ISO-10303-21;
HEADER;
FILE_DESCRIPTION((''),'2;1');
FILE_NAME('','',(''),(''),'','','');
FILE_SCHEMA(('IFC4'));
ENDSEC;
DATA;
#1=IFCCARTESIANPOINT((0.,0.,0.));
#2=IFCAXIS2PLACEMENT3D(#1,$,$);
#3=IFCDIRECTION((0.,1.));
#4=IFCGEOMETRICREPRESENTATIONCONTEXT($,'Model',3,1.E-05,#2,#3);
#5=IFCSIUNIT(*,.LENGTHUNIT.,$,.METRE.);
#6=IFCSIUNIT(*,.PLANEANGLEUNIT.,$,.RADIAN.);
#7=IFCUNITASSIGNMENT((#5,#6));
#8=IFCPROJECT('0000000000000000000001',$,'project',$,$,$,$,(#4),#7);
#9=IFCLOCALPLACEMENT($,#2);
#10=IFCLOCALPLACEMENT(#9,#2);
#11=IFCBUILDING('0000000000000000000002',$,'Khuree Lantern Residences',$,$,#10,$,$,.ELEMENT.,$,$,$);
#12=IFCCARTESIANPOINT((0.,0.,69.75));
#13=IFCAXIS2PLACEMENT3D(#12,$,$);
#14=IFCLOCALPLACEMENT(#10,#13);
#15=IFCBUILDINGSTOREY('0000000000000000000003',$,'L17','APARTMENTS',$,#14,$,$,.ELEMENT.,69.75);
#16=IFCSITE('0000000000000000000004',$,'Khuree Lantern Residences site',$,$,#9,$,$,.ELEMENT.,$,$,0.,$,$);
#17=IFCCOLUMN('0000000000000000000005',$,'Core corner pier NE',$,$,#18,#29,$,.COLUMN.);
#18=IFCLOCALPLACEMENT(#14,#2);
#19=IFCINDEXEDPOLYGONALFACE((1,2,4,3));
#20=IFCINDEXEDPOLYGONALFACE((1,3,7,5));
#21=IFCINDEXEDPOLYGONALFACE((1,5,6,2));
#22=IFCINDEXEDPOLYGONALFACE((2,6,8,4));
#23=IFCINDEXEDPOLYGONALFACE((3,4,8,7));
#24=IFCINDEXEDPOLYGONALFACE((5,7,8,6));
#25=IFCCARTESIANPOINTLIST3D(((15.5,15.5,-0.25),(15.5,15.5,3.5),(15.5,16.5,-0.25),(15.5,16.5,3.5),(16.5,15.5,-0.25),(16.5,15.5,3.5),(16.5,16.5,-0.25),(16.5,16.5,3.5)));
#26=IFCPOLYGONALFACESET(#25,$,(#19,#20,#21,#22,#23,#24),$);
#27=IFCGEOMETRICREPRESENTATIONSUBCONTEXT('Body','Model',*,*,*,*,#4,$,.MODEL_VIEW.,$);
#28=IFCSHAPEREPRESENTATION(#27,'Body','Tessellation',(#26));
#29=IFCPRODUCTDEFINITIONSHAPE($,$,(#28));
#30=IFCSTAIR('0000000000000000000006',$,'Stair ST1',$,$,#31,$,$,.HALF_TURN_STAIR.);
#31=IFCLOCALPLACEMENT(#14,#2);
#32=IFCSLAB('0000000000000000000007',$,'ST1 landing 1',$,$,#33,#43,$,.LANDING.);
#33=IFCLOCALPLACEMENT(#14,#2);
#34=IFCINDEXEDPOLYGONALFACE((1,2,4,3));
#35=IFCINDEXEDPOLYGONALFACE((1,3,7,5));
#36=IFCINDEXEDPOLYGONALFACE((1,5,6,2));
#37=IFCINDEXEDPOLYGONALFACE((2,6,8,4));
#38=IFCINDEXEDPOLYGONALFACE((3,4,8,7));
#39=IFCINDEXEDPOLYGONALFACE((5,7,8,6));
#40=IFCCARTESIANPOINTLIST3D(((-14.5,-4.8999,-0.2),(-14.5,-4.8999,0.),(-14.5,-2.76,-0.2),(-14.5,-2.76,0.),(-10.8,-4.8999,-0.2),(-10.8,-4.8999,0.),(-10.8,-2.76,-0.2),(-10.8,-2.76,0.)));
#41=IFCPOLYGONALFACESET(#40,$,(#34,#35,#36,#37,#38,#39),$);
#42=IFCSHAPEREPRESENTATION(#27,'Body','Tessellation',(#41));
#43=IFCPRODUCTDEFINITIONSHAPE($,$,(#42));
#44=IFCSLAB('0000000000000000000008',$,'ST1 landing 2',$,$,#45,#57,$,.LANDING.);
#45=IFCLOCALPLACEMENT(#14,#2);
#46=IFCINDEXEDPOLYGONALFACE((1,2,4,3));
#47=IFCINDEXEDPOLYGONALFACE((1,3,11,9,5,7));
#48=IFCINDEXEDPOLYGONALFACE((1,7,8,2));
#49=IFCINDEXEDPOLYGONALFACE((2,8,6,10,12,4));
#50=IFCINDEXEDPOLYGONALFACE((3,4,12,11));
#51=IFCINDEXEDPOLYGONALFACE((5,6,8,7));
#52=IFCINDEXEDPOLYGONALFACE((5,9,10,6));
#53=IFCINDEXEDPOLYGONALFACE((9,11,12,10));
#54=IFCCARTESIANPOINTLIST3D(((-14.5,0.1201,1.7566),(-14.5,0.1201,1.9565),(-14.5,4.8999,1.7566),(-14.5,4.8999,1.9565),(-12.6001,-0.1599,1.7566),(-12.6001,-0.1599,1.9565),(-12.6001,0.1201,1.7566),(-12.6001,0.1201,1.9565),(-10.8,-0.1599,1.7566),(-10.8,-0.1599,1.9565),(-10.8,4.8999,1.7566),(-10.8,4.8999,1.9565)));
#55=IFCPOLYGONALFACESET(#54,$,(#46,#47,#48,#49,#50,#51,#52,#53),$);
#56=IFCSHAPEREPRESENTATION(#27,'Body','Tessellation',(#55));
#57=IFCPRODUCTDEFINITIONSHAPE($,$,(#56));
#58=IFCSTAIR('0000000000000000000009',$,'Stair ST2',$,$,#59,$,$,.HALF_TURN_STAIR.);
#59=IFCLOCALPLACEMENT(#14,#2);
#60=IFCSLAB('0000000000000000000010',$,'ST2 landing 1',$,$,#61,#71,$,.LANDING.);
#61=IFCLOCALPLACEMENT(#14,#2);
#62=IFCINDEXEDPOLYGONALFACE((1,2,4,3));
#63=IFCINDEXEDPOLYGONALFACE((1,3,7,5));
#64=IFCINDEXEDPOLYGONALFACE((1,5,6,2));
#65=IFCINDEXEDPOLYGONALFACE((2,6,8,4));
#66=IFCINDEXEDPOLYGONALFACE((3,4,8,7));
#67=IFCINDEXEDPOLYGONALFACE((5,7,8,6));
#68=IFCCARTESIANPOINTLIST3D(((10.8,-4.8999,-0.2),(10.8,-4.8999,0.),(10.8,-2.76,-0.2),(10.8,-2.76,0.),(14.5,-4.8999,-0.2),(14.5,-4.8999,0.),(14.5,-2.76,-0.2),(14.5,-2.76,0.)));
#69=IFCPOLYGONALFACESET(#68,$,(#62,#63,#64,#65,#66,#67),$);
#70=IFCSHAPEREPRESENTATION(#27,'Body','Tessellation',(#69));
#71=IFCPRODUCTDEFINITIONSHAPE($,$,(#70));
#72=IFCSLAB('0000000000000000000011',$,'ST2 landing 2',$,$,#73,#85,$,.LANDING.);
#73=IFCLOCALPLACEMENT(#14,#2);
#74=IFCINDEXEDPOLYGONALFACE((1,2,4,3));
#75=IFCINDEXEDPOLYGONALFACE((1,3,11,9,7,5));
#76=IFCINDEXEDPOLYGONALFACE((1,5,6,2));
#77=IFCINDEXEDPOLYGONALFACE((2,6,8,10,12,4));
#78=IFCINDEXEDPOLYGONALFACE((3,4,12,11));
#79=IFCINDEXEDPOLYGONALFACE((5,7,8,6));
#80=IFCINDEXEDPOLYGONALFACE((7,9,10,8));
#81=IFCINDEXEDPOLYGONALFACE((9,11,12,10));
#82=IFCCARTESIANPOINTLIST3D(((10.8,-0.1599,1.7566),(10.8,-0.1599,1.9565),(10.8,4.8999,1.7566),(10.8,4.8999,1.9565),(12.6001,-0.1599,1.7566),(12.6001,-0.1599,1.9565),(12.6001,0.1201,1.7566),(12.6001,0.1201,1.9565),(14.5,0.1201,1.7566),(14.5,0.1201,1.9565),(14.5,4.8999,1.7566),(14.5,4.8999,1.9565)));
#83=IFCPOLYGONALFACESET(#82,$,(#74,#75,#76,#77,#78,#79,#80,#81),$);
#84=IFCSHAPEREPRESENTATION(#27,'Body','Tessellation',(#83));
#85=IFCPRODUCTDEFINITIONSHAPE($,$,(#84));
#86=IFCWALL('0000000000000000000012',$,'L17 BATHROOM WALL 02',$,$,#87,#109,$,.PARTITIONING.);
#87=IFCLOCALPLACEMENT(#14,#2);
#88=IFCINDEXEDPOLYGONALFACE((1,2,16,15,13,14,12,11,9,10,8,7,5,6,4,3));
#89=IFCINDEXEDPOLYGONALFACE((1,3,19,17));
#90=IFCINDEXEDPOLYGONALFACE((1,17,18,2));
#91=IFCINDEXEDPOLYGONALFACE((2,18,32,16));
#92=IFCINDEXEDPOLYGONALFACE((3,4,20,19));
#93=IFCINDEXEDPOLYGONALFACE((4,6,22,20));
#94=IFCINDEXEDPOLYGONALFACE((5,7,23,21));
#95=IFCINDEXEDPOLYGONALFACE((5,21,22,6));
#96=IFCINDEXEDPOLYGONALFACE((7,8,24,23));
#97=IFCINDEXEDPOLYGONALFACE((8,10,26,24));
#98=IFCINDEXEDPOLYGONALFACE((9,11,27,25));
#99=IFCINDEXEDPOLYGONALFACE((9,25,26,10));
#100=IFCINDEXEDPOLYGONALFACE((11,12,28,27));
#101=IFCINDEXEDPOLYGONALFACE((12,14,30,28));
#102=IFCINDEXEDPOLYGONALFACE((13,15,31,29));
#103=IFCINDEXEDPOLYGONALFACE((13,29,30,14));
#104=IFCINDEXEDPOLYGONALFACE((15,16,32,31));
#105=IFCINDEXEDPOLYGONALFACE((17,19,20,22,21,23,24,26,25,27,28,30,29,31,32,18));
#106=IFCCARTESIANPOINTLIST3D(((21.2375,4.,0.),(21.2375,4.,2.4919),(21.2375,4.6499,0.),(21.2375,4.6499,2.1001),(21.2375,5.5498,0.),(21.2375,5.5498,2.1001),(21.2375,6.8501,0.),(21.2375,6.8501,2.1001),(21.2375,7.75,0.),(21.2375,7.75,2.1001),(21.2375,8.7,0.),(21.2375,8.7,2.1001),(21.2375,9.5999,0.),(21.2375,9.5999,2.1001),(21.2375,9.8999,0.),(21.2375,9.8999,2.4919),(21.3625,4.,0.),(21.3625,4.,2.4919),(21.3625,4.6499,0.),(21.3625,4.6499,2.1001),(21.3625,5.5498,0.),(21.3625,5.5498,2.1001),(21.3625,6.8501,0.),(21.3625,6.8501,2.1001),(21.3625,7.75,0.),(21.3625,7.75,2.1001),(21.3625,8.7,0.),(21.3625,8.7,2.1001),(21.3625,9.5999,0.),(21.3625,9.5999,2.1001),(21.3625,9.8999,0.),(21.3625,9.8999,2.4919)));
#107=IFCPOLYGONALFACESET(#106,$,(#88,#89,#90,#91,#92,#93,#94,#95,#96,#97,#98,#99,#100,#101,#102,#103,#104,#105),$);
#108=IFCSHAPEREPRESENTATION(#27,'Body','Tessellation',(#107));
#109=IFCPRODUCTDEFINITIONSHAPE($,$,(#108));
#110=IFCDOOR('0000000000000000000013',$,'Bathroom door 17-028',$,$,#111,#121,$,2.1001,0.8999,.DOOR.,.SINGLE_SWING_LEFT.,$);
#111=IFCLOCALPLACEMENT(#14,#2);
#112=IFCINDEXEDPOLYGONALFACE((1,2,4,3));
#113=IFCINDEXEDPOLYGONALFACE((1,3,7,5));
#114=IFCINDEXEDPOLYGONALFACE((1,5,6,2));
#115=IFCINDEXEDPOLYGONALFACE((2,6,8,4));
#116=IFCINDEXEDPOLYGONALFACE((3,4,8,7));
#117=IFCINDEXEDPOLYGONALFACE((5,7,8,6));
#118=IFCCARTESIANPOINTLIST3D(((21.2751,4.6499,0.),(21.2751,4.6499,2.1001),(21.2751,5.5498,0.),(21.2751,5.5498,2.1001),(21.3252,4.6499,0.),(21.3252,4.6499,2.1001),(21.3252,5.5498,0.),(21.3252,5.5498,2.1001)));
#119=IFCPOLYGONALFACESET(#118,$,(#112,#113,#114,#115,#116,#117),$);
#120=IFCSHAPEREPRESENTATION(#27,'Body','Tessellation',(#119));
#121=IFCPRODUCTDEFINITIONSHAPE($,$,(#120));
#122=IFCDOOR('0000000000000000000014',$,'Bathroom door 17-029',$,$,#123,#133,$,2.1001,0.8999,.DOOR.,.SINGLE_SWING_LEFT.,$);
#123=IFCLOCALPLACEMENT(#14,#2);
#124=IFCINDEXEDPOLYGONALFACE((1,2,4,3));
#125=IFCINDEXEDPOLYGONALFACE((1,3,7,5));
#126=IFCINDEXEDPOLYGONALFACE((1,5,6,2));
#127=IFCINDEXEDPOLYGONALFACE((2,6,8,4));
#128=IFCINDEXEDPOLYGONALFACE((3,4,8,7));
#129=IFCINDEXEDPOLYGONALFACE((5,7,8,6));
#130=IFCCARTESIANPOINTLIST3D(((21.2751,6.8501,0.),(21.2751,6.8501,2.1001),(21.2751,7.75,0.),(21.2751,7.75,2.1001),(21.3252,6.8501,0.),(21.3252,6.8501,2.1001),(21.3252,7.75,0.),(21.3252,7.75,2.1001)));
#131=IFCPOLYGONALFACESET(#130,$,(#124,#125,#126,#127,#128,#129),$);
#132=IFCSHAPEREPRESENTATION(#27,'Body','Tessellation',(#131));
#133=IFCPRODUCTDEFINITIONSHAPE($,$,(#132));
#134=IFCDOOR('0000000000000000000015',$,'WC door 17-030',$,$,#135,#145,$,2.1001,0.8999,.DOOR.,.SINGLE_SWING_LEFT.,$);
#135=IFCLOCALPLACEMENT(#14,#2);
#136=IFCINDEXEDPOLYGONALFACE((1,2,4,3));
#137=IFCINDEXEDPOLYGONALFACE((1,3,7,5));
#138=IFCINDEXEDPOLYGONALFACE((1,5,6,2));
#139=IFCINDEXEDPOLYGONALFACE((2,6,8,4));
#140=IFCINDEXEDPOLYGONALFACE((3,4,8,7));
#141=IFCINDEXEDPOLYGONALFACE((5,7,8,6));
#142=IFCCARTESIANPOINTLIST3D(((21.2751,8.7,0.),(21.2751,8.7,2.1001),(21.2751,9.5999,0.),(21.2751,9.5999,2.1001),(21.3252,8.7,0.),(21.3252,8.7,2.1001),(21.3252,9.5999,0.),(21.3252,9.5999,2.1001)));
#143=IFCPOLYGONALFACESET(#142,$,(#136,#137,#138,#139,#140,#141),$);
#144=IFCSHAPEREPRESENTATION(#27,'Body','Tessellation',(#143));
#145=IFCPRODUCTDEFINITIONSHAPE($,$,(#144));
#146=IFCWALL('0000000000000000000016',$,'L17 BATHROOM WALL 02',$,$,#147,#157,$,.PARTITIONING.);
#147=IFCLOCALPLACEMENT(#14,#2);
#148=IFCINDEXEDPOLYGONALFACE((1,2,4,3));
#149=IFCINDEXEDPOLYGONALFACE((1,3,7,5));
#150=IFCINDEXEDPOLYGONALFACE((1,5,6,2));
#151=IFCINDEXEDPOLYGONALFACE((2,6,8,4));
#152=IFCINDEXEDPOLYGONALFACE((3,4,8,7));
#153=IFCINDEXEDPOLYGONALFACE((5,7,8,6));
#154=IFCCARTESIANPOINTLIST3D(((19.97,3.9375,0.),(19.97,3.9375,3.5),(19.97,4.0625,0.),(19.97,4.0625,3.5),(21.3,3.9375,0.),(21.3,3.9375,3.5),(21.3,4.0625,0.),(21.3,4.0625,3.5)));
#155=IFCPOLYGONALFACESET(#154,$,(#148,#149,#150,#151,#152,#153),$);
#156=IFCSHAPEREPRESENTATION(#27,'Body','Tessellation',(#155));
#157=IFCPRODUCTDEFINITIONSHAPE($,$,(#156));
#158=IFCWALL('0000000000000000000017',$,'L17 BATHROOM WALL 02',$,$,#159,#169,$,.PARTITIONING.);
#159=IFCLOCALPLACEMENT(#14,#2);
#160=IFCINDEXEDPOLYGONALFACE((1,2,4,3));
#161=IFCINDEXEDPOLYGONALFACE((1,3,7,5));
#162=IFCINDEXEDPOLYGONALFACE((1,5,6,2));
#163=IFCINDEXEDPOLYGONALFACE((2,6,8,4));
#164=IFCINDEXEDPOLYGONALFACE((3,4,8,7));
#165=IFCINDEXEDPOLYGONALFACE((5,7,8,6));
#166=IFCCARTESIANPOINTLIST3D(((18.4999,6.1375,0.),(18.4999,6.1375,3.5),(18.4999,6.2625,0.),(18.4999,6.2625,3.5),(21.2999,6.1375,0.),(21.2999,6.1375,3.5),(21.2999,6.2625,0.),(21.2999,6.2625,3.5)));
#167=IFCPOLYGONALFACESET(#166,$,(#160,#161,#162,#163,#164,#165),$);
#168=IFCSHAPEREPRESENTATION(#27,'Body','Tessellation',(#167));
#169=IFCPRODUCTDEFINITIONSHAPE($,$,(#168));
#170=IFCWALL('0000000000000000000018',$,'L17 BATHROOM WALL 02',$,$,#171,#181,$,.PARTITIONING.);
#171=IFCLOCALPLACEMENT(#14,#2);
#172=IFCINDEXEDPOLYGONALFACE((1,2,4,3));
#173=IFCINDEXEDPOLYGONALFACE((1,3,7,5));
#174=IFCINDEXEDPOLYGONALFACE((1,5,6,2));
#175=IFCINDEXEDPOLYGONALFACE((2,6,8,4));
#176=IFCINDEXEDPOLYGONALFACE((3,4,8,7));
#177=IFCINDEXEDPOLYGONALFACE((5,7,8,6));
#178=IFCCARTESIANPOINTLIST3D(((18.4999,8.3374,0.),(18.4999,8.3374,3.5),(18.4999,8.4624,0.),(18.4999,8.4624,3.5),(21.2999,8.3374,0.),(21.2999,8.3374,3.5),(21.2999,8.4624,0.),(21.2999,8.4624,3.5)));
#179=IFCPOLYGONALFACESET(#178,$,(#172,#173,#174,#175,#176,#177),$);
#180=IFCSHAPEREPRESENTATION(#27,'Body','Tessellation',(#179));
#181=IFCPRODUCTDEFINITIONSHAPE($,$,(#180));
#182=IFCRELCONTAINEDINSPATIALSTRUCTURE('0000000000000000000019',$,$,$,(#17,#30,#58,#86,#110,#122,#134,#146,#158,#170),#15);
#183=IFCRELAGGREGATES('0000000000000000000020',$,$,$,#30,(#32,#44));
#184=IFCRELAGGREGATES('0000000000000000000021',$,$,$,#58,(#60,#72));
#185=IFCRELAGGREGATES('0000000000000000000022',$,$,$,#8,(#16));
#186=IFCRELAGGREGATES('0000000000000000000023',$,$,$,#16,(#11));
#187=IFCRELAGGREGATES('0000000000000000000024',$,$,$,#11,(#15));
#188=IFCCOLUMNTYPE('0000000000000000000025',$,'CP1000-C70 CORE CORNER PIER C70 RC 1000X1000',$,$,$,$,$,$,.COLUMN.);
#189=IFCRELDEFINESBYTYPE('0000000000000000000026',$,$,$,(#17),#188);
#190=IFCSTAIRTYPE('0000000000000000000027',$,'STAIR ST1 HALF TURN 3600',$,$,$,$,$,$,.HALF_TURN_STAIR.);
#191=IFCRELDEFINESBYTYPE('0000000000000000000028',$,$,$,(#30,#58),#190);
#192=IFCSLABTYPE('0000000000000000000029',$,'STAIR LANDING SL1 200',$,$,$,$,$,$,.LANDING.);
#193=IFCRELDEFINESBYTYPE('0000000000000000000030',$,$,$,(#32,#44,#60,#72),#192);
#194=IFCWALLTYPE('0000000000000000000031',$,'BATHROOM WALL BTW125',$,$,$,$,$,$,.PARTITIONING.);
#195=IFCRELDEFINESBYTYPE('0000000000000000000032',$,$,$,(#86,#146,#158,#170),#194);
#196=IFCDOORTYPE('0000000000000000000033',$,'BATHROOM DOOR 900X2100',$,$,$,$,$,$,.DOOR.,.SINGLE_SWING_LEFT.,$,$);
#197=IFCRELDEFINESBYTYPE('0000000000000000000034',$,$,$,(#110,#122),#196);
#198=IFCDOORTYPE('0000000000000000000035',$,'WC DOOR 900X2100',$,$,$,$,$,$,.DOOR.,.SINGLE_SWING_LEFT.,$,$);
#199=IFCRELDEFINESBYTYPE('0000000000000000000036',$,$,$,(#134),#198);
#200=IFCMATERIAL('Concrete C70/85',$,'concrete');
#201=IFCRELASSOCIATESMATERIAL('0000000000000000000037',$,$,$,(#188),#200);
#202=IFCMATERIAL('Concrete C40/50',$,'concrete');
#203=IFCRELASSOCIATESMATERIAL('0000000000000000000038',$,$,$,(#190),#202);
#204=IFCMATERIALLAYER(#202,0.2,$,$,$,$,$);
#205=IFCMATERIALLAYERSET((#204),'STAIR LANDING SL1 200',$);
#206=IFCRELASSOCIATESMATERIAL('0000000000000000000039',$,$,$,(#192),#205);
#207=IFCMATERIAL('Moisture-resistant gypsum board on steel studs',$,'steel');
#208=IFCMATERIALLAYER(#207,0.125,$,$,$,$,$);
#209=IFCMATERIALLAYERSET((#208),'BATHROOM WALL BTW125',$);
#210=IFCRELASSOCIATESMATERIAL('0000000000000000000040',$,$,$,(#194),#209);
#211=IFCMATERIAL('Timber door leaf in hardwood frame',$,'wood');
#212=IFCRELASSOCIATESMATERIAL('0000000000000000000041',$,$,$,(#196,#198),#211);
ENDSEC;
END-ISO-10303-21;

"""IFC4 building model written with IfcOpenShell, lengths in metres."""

from ifc_helpers import new_model, si_unit, direction, frame, frame_2d, origin, origin_2d, place, context, subcontext, project, spatial, polyline, rectangle, outline, extrude, material, layer, layer_set, material_profile, profile_set, type_object, element, fill, aggregate, save


model = new_model("IFC4")

# Units and contexts
model_context = context("Model", 3, precision=1e-05, world=origin(), true_north=direction((0.0, 1.0)))
body_context = subcontext(model_context, "Body", "Model", "MODEL_VIEW")
ifc_project = project(units=[si_unit("LENGTHUNIT", "METRE"), si_unit("PLANEANGLEUNIT", "RADIAN")], contexts=[model_context])

# Site, building, storey
site_placement = place(None, origin())
site = spatial("IfcSite", under=ifc_project, at=site_placement, Name="Khuree Lantern Residences site", CompositionType="ELEMENT", RefElevation=0.0)
building_placement = place(site_placement, origin())
building = spatial("IfcBuilding", under=site, at=building_placement, Name="Khuree Lantern Residences", CompositionType="ELEMENT")
storey_placement = place(building_placement, frame((0.0, 0.0, 69.75)))
storey = spatial("IfcBuildingStorey", under=building, at=storey_placement, Name="L17", Description="APARTMENTS", CompositionType="ELEMENT", Elevation=69.75)

# Column
ifc_material_1 = material(Name="Concrete C70/85", Category="concrete")
ifc_material_profile = material_profile(ifc_material_1, rectangle(XDim=1.0, YDim=1.0, at=origin_2d()), Name="RC 1000X1000")
ifc_profile_set = profile_set([ifc_material_profile], Name="Concrete C70/85")
column_type = type_object("IfcColumnType", Name="CP1000-C70 CORE CORNER PIER C70 RC 1000X1000", PredefinedType="COLUMN", material=ifc_profile_set)
column_placement = place(storey_placement, frame((16.0, 16.0, -0.25), z_axis=(0.0, 0.0, 1.0), x_axis=(1.0, 0.0, 0.0)))
element("IfcColumn", 1, at=column_placement, inside=storey, type_object=column_type, Name="Core corner pier NE", PredefinedType="COLUMN", context=body_context, shape_type="SweptSolid", body=[
    extrude(rectangle(XDim=1.0, YDim=1.0, at=origin_2d()), origin(), (0.0, 0.0, 1.0), 3.75),
])

# Stairs, slabs
ifc_material_2 = material(Name="Concrete C40/50", Category="concrete")
stair_type = type_object("IfcStairType", Name="STAIR ST1 HALF TURN 3600", PredefinedType="HALF_TURN_STAIR", material=ifc_material_2)
stair_1_placement = place(storey_placement, origin())
stair_1 = element("IfcStair", 2, at=stair_1_placement, inside=storey, type_object=stair_type, Name="Stair ST1", PredefinedType="HALF_TURN_STAIR")
ifc_layer_1 = layer(ifc_material_2, 0.2)
ifc_layer_set_1 = layer_set([ifc_layer_1], Name="STAIR LANDING SL1 200")
slab_type = type_object("IfcSlabType", Name="STAIR LANDING SL1 200", PredefinedType="LANDING", material=ifc_layer_set_1)
slab_1_placement = place(storey_placement, frame((0.0, 0.0, -0.2)))
slab_1 = element("IfcSlab", 3, at=slab_1_placement, type_object=slab_type, Name="ST1 landing 1", PredefinedType="LANDING", context=body_context, shape_type="SweptSolid", body=[
    extrude(outline(polyline([(-14.5, -4.8999), (-10.8, -4.8999), (-10.8, -2.76), (-14.5, -2.76), (-14.5, -4.8999)])), origin(), (0.0, 0.0, 1.0), 0.2),
])
slab_2_placement = place(storey_placement, frame((0.0, 0.0, 1.7566)))
slab_2 = element("IfcSlab", 4, at=slab_2_placement, type_object=slab_type, Name="ST1 landing 2", PredefinedType="LANDING", context=body_context, shape_type="SweptSolid", body=[
    extrude(outline(polyline([(-14.5, 0.1201), (-14.5, 4.8999), (-10.8, 4.8999), (-10.8, -0.1599), (-12.6001, -0.1599), (-12.6001, 0.1201), (-14.5, 0.1201)])), origin(), (0.0, 0.0, 1.0), 0.2),
])
aggregate(stair_1, [slab_1, slab_2])
stair_2_placement = place(storey_placement, origin())
stair_2 = element("IfcStair", 5, at=stair_2_placement, inside=storey, type_object=stair_type, Name="Stair ST2", PredefinedType="HALF_TURN_STAIR")
slab_3_placement = place(storey_placement, frame((0.0, 0.0, -0.2)))
slab_3 = element("IfcSlab", 6, at=slab_3_placement, type_object=slab_type, Name="ST2 landing 1", PredefinedType="LANDING", context=body_context, shape_type="SweptSolid", body=[
    extrude(outline(polyline([(10.8, -4.8999), (14.5, -4.8999), (14.5, -2.76), (10.8, -2.76), (10.8, -4.8999)])), origin(), (0.0, 0.0, 1.0), 0.2),
])
slab_4_placement = place(storey_placement, frame((0.0, 0.0, 1.7566)))
slab_4 = element("IfcSlab", 7, at=slab_4_placement, type_object=slab_type, Name="ST2 landing 2", PredefinedType="LANDING", context=body_context, shape_type="SweptSolid", body=[
    extrude(outline(polyline([(14.5, 4.8999), (14.5, 0.1201), (12.6001, 0.1201), (12.6001, -0.1599), (10.8, -0.1599), (10.8, 4.8999), (14.5, 4.8999)])), origin(), (0.0, 0.0, 1.0), 0.2),
])

# Wall, openings, doors
ifc_material_3 = material(Name="Moisture-resistant gypsum board on steel studs", Category="steel")
ifc_layer_2 = layer(ifc_material_3, 0.125)
ifc_layer_set_2 = layer_set([ifc_layer_2], Name="BATHROOM WALL BTW125")
wall_type_1 = type_object("IfcWallType", Name="BATHROOM WALL BTW125", PredefinedType="PARTITIONING", material=ifc_layer_set_2)
wall_1_placement = place(storey_placement, frame((21.3, 4.0, 0.0), z_axis=(0.0, 0.0, 1.0), x_axis=(0.0, 1.0, 0.0)))
wall_1 = element("IfcWall", 8, at=wall_1_placement, inside=storey, type_object=wall_type_1, Name="L17 BATHROOM WALL 02", PredefinedType="PARTITIONING", context=body_context, shape_type="SweptSolid", body=[
    extrude(rectangle(XDim=5.8999, YDim=0.125, at=frame_2d((2.95, 0.0))), origin(), (0.0, 0.0, 1.0), 2.4919),
])
opening_1_placement = place(wall_1_placement, frame((0.6499, 0.0, 0.0)))
opening_1 = element("IfcOpeningElement", 9, at=opening_1_placement, cuts=wall_1, PredefinedType="OPENING", context=body_context, shape_type="SweptSolid", body=[
    extrude(rectangle(XDim=0.8999, YDim=2.1001, at=frame_2d((0.45, 1.05))), frame((0.0, 0.0725, 0.0), z_axis=(0.0, -1.0, 0.0), x_axis=(1.0, 0.0, 0.0)), (0.0, 0.0, 1.0), 0.145),
])
opening_2_placement = place(wall_1_placement, frame((2.8501, 0.0, 0.0)))
opening_2 = element("IfcOpeningElement", 10, at=opening_2_placement, cuts=wall_1, PredefinedType="OPENING", context=body_context, shape_type="SweptSolid", body=[
    extrude(rectangle(XDim=0.8999, YDim=2.1001, at=frame_2d((0.45, 1.05))), frame((0.0, 0.0725, 0.0), z_axis=(0.0, -1.0, 0.0), x_axis=(1.0, 0.0, 0.0)), (0.0, 0.0, 1.0), 0.145),
])
opening_3_placement = place(wall_1_placement, frame((4.7, 0.0, 0.0)))
opening_3 = element("IfcOpeningElement", 11, at=opening_3_placement, cuts=wall_1, PredefinedType="OPENING", context=body_context, shape_type="SweptSolid", body=[
    extrude(rectangle(XDim=0.8999, YDim=2.1001, at=frame_2d((0.45, 1.05))), frame((0.0, 0.0725, 0.0), z_axis=(0.0, -1.0, 0.0), x_axis=(1.0, 0.0, 0.0)), (0.0, 0.0, 1.0), 0.145),
])
ifc_material_4 = material(Name="Timber door leaf in hardwood frame", Category="wood")
door_type_1 = type_object("IfcDoorType", Name="BATHROOM DOOR 900X2100", OperationType="SINGLE_SWING_LEFT", PredefinedType="DOOR", material=ifc_material_4)
door_1_placement = place(opening_1_placement, origin())
door_1 = element("IfcDoor", 12, at=door_1_placement, inside=storey, type_object=door_type_1, Name="Bathroom door 17-028", OperationType="SINGLE_SWING_LEFT", OverallHeight=2.1001, OverallWidth=0.8999, PredefinedType="DOOR", context=body_context, shape_type="SweptSolid", body=[
    extrude(rectangle(XDim=0.8999, YDim=2.1001, at=frame_2d((0.45, 1.05))), frame((0.0, 0.0249, 0.0), z_axis=(0.0, -1.0, 0.0), x_axis=(1.0, 0.0, 0.0)), (0.0, 0.0, 1.0), 0.05),
])
fill(opening_1, door_1)
door_2_placement = place(opening_2_placement, origin())
door_2 = element("IfcDoor", 13, at=door_2_placement, inside=storey, type_object=door_type_1, Name="Bathroom door 17-029", OperationType="SINGLE_SWING_LEFT", OverallHeight=2.1001, OverallWidth=0.8999, PredefinedType="DOOR", context=body_context, shape_type="SweptSolid", body=[
    extrude(rectangle(XDim=0.8999, YDim=2.1001, at=frame_2d((0.45, 1.05))), frame((0.0, 0.0249, 0.0), z_axis=(0.0, -1.0, 0.0), x_axis=(1.0, 0.0, 0.0)), (0.0, 0.0, 1.0), 0.05),
])
fill(opening_2, door_2)
door_type_2 = type_object("IfcDoorType", Name="WC DOOR 900X2100", OperationType="SINGLE_SWING_LEFT", PredefinedType="DOOR", material=ifc_material_4)
door_3_placement = place(opening_3_placement, origin())
door_3 = element("IfcDoor", 14, at=door_3_placement, inside=storey, type_object=door_type_2, Name="WC door 17-030", OperationType="SINGLE_SWING_LEFT", OverallHeight=2.1001, OverallWidth=0.8999, PredefinedType="DOOR", context=body_context, shape_type="SweptSolid", body=[
    extrude(rectangle(XDim=0.8999, YDim=2.1001, at=frame_2d((0.45, 1.05))), frame((0.0, 0.0249, 0.0), z_axis=(0.0, -1.0, 0.0), x_axis=(1.0, 0.0, 0.0)), (0.0, 0.0, 1.0), 0.05),
])
fill(opening_3, door_3)

# Walls
wall_2_placement = place(storey_placement, frame((19.97, 4.0, 0.0), z_axis=(0.0, 0.0, 1.0), x_axis=(1.0, 0.0, 0.0)))
element("IfcWall", 15, at=wall_2_placement, inside=storey, type_object=wall_type_1, Name="L17 BATHROOM WALL 02", PredefinedType="PARTITIONING", context=body_context, shape_type="SweptSolid", body=[
    extrude(rectangle(XDim=1.3301, YDim=0.125, at=frame_2d((0.665, 0.0))), origin(), (0.0, 0.0, 1.0), 3.5),
])
for number, where, z_axis, x_axis, name in (
    (16, (18.5, 6.2, 0.0), (0.0, 0.0, 1.0), (1.0, 0.0, 0.0), "L17 BATHROOM WALL 02"),
    (17, (18.5, 8.3999, 0.0), (0.0, 0.0, 1.0), (1.0, 0.0, 0.0), "L17 BATHROOM WALL 02"),
):
    element("IfcWall", number, at=place(storey_placement, frame(where, z_axis=z_axis, x_axis=x_axis)), inside=storey, type_object=wall_type_1, Name=name, PredefinedType="PARTITIONING", context=body_context, shape_type="SweptSolid", body=[
        extrude(rectangle(XDim=2.8, YDim=0.125, at=frame_2d((1.3999, 0.0))), origin(), (0.0, 0.0, 1.0), 3.5),
    ])

aggregate(stair_2, [slab_3, slab_4])

save(model, "model.ifc")
